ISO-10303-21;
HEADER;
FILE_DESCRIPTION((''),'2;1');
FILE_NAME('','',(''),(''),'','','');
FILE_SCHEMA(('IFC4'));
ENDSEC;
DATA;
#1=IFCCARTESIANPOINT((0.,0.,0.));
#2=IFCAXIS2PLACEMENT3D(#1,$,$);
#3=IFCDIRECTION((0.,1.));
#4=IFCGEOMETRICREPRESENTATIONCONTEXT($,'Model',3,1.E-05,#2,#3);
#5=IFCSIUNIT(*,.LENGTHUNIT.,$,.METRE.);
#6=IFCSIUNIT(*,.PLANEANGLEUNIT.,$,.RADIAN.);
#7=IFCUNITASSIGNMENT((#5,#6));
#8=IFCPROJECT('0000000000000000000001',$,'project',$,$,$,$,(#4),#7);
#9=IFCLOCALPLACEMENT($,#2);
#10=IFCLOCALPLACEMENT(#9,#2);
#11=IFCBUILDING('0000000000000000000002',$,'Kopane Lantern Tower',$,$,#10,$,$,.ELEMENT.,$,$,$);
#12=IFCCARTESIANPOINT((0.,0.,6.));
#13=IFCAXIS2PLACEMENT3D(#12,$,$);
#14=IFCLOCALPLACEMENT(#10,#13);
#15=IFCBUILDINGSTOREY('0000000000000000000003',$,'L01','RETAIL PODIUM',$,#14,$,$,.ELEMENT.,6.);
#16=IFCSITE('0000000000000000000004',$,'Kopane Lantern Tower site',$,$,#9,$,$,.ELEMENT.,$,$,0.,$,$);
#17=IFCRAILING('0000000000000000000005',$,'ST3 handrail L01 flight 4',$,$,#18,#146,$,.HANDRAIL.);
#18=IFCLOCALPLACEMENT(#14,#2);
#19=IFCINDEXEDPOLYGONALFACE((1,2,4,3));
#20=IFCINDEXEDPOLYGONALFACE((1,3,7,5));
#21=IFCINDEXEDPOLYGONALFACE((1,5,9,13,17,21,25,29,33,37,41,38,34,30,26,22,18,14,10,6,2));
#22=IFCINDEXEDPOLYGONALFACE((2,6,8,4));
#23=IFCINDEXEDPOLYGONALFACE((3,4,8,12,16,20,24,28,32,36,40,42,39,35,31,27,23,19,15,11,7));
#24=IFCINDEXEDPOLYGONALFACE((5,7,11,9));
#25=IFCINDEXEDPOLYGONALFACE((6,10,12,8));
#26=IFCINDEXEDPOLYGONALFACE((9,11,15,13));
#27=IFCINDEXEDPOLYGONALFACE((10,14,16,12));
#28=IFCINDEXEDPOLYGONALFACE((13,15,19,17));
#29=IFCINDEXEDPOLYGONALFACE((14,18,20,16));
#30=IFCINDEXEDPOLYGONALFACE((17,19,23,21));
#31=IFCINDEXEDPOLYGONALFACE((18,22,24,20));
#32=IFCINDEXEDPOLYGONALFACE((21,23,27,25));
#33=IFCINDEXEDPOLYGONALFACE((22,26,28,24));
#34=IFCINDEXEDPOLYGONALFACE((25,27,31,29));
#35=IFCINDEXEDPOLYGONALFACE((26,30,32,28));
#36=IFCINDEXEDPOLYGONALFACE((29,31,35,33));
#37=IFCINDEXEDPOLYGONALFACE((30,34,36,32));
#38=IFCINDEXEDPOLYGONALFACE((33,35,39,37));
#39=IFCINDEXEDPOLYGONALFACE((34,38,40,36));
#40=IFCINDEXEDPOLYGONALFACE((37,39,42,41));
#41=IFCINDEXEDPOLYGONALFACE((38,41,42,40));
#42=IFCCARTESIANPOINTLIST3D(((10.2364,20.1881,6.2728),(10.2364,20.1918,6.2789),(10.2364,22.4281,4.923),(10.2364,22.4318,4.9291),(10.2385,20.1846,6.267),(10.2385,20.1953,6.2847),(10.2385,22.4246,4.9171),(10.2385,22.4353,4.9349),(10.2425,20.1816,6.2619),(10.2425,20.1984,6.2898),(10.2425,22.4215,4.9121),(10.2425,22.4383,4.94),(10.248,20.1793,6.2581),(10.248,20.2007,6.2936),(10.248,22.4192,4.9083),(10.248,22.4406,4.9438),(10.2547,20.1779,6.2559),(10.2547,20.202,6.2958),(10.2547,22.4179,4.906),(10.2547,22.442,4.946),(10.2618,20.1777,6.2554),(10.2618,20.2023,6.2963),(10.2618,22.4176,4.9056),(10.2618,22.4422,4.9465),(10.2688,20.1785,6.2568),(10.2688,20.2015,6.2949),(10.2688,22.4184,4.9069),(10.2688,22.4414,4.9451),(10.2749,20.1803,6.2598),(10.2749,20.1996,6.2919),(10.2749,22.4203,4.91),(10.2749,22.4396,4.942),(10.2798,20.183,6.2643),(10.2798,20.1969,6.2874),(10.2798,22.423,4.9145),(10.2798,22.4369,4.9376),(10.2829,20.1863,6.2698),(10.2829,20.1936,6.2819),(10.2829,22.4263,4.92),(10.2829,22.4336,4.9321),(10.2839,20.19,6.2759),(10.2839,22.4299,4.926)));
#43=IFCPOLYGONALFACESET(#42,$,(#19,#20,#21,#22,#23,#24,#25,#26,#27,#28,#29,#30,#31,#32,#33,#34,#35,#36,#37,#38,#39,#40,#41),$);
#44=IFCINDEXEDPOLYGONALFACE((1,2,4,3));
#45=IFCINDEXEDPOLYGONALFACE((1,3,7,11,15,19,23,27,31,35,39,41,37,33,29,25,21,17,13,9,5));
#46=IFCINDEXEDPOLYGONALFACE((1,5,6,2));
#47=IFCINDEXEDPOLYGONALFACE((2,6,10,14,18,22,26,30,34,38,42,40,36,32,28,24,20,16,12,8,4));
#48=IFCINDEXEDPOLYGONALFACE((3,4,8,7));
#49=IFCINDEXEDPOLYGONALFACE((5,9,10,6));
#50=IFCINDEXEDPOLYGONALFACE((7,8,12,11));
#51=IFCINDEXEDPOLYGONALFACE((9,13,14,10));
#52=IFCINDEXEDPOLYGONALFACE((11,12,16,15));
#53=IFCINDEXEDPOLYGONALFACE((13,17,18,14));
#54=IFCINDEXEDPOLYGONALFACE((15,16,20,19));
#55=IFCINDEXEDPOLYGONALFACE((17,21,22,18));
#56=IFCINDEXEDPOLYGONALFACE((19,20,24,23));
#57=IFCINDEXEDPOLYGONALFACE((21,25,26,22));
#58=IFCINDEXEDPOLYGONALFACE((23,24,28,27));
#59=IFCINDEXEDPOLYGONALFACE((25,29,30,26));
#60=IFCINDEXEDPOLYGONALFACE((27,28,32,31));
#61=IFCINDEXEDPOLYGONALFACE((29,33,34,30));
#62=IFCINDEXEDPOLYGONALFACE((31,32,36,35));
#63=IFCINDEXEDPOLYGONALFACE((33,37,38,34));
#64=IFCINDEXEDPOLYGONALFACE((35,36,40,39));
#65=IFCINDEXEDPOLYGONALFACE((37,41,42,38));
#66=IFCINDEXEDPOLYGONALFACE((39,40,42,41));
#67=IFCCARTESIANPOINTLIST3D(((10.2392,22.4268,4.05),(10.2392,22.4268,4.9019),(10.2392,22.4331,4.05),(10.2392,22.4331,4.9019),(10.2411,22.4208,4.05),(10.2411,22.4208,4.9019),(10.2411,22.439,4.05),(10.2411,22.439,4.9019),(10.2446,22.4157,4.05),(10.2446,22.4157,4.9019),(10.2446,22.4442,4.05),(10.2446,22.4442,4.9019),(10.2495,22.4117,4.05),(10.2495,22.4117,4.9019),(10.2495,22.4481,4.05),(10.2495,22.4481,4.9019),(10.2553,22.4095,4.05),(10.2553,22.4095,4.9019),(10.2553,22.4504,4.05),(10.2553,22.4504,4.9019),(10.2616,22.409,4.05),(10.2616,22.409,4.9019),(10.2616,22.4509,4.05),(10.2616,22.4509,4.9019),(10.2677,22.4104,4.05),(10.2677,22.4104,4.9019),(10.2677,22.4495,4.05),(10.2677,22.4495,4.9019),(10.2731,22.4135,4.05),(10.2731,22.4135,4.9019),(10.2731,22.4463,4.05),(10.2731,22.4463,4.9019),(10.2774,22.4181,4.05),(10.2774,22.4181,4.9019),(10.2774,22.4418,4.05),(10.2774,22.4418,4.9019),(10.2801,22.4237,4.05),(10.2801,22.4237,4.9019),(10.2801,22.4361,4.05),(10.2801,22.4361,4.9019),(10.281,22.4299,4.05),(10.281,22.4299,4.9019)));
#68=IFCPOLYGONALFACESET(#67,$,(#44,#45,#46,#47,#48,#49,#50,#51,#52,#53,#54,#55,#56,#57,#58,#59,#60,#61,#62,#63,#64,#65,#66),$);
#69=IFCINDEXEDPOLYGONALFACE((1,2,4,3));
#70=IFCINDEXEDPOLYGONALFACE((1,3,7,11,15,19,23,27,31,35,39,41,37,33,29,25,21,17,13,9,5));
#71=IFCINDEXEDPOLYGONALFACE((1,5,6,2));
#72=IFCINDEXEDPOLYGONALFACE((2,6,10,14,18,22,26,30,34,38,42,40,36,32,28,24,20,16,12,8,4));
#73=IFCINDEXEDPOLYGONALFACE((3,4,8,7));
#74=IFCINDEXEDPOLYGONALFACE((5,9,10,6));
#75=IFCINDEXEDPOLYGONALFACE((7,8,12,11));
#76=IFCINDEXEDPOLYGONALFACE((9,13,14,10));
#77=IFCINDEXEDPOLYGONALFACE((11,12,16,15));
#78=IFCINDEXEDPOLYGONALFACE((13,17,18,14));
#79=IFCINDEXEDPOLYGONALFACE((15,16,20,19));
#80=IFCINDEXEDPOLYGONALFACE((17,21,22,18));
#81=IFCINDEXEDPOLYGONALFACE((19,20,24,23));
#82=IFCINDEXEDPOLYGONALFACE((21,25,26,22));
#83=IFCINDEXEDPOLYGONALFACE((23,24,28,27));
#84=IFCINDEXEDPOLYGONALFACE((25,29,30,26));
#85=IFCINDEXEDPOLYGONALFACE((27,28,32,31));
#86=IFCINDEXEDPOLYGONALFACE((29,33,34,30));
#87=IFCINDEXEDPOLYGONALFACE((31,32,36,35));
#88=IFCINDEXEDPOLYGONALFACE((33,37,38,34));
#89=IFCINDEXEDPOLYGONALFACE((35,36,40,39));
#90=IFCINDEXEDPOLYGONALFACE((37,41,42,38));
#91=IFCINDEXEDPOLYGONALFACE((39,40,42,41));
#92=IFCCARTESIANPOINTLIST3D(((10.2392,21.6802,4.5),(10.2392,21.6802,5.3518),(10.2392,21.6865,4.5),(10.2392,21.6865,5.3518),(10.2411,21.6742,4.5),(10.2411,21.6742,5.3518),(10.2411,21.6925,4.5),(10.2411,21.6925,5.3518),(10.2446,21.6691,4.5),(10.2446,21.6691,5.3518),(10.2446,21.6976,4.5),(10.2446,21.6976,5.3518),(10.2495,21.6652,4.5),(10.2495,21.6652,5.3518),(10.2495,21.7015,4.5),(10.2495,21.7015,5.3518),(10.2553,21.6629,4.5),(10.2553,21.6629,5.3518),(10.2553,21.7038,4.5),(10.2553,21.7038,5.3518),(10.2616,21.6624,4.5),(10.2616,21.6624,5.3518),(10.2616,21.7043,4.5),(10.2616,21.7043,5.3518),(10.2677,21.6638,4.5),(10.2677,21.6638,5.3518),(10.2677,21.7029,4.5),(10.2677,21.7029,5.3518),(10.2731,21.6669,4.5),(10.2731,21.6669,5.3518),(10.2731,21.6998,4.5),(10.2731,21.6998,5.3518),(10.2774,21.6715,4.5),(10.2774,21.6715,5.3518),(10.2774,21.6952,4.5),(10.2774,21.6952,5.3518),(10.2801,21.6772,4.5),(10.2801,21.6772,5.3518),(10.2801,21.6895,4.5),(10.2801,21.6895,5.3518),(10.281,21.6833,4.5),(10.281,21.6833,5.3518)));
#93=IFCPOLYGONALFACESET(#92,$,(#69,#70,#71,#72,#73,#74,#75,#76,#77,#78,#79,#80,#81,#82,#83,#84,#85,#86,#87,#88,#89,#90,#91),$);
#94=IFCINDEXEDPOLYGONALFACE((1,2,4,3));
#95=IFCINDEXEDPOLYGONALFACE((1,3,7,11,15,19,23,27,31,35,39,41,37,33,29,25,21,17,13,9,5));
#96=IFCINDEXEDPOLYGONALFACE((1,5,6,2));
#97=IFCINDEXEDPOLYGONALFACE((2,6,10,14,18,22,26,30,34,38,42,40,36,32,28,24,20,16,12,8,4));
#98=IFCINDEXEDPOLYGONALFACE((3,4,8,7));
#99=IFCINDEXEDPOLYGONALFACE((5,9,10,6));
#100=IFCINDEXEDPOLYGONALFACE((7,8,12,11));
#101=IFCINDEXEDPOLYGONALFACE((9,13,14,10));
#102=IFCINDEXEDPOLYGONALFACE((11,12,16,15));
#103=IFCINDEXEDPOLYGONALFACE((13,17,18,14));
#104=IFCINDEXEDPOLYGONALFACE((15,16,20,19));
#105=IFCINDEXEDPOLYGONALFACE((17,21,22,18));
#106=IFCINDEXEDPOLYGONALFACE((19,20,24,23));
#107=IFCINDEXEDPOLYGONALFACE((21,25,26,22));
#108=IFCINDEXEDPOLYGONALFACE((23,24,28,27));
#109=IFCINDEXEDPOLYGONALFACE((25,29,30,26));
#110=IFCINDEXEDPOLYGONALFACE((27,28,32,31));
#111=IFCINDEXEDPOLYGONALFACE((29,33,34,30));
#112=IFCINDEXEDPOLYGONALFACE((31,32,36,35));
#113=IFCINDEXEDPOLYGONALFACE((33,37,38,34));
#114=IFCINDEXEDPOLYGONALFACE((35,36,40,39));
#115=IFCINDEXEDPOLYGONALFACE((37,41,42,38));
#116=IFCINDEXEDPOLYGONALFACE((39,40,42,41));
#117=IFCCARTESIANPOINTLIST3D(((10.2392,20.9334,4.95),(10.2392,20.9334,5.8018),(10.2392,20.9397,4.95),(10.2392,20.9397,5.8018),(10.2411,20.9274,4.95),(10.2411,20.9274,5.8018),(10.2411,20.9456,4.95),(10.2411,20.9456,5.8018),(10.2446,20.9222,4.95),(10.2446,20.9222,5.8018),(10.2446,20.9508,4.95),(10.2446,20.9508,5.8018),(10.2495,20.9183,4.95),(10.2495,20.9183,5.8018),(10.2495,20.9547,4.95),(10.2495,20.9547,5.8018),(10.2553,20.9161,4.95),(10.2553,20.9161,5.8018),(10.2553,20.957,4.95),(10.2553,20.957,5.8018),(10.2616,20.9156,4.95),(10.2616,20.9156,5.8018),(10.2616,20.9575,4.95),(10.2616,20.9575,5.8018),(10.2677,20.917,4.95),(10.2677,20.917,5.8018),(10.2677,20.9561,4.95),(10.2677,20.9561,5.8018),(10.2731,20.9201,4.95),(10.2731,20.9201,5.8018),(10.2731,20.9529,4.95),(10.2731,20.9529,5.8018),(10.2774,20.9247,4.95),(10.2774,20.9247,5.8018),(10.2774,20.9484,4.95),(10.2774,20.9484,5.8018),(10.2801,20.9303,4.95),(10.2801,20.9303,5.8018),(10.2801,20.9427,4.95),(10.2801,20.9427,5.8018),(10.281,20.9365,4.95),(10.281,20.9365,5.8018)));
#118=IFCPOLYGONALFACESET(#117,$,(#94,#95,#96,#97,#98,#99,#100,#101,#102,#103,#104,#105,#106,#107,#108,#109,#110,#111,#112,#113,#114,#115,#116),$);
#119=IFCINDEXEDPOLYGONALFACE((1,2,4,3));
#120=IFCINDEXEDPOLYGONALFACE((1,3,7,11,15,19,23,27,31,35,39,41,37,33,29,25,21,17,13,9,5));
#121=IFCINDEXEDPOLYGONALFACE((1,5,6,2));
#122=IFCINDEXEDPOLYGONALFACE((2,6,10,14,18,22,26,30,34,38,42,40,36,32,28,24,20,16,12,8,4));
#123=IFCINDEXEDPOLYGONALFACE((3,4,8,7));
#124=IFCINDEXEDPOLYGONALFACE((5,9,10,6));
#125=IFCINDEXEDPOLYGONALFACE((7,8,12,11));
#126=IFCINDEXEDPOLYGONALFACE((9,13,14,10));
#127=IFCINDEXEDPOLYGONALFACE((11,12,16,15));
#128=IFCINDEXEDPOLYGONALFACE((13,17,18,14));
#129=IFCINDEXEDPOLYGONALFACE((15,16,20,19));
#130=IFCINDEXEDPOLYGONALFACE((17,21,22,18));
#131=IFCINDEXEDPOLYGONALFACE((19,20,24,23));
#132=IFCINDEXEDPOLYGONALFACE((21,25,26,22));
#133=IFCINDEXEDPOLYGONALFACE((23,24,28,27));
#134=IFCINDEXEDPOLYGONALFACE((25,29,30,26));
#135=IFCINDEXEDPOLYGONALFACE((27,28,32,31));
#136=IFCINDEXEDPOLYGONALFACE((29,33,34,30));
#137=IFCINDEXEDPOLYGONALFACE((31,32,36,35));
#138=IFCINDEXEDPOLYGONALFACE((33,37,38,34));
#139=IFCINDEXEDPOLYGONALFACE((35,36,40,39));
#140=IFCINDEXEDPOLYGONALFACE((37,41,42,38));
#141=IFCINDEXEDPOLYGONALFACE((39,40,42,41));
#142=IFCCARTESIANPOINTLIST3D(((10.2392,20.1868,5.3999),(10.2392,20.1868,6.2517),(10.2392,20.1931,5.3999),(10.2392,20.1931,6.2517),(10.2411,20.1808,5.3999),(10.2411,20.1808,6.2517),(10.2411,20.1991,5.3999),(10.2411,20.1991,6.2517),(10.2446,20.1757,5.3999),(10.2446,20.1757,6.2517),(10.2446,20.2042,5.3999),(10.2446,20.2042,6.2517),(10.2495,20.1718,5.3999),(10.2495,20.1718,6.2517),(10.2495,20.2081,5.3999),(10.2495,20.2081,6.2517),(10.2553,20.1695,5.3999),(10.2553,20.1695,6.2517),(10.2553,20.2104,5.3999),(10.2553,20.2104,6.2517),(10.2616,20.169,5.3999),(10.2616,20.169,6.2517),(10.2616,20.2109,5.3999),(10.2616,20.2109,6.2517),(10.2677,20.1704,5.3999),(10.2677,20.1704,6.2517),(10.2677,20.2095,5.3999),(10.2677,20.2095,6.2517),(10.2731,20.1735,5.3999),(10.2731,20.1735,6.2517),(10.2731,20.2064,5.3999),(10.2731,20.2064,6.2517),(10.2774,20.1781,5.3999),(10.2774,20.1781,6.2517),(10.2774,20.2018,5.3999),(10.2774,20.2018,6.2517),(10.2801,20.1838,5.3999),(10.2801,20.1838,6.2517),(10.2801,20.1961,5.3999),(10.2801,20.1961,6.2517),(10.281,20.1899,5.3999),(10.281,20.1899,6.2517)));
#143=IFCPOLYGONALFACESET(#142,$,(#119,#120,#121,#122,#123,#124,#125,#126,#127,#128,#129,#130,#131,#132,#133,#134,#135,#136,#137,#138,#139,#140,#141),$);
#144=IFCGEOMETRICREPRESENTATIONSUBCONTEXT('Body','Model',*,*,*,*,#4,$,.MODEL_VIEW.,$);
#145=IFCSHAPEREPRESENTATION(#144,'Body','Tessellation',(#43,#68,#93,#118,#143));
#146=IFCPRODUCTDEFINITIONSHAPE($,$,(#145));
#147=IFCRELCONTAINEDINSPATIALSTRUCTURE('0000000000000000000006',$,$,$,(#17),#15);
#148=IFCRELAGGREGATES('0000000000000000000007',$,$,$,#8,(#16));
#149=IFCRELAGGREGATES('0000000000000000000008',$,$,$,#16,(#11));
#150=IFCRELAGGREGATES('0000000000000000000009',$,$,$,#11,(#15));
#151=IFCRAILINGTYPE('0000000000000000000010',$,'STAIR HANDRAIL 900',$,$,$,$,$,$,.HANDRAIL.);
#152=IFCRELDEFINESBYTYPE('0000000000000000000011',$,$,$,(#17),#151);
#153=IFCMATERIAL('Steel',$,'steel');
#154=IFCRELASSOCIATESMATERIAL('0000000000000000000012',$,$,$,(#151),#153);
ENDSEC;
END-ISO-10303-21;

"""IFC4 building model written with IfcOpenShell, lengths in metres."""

from ifc_helpers import new_model, si_unit, direction, frame, origin, origin_2d, place, context, subcontext, project, spatial, circle, extrude, material, type_object, element, save


model = new_model("IFC4")

# Units and contexts
model_context = context("Model", 3, precision=1e-05, world=origin(), true_north=direction((0.0, 1.0)))
body_context = subcontext(model_context, "Body", "Model", "MODEL_VIEW")
ifc_project = project(units=[si_unit("LENGTHUNIT", "METRE"), si_unit("PLANEANGLEUNIT", "RADIAN")], contexts=[model_context])

# Site, building, storey
site_placement = place(None, origin())
site = spatial("IfcSite", under=ifc_project, at=site_placement, Name="Kopane Lantern Tower site", CompositionType="ELEMENT", RefElevation=0.0)
building_placement = place(site_placement, origin())
building = spatial("IfcBuilding", under=site, at=building_placement, Name="Kopane Lantern Tower", CompositionType="ELEMENT")
storey_placement = place(building_placement, frame((0.0, 0.0, 6.0)))
storey = spatial("IfcBuildingStorey", under=building, at=storey_placement, Name="L01", Description="RETAIL PODIUM", CompositionType="ELEMENT", Elevation=6.0)

# Railing
ifc_material_1 = material(Name="Steel", Category="steel")
railing_type_1 = type_object("IfcRailingType", Name="STAIR HANDRAIL 900", PredefinedType="HANDRAIL", material=ifc_material_1)
for number, where, name in (
    (1, (10.26, 22.4299, 4.05), "ST3 handrail L01 flight 4"),
):
    element("IfcRailing", number, at=place(storey_placement, frame(where)), inside=storey, type_object=railing_type_1, Name=name, PredefinedType="HANDRAIL", context=body_context, shape_type="SweptSolid", body=[
        extrude(circle(Radius=0.0239, at=origin_2d()), frame((0.0, 0.0, 0.876), z_axis=(0.0, -0.856503, 0.516142), x_axis=(1.0, 0.0, 0.0)), (0.0, 0.0, 1.0), 2.6152),
        extrude(circle(Radius=0.021, at=origin_2d()), origin(), (0.0, 0.0, 1.0), 0.8518),
        extrude(circle(Radius=0.021, at=origin_2d()), frame((0.0, -0.7466, 0.45)), (0.0, 0.0, 1.0), 0.8518),
        extrude(circle(Radius=0.021, at=origin_2d()), frame((0.0, -1.4934, 0.8999)), (0.0, 0.0, 1.0), 0.8518),
        extrude(circle(Radius=0.021, at=origin_2d()), frame((0.0, -2.24, 1.3499)), (0.0, 0.0, 1.0), 0.8518),
    ])

save(model, "model.ifc")
